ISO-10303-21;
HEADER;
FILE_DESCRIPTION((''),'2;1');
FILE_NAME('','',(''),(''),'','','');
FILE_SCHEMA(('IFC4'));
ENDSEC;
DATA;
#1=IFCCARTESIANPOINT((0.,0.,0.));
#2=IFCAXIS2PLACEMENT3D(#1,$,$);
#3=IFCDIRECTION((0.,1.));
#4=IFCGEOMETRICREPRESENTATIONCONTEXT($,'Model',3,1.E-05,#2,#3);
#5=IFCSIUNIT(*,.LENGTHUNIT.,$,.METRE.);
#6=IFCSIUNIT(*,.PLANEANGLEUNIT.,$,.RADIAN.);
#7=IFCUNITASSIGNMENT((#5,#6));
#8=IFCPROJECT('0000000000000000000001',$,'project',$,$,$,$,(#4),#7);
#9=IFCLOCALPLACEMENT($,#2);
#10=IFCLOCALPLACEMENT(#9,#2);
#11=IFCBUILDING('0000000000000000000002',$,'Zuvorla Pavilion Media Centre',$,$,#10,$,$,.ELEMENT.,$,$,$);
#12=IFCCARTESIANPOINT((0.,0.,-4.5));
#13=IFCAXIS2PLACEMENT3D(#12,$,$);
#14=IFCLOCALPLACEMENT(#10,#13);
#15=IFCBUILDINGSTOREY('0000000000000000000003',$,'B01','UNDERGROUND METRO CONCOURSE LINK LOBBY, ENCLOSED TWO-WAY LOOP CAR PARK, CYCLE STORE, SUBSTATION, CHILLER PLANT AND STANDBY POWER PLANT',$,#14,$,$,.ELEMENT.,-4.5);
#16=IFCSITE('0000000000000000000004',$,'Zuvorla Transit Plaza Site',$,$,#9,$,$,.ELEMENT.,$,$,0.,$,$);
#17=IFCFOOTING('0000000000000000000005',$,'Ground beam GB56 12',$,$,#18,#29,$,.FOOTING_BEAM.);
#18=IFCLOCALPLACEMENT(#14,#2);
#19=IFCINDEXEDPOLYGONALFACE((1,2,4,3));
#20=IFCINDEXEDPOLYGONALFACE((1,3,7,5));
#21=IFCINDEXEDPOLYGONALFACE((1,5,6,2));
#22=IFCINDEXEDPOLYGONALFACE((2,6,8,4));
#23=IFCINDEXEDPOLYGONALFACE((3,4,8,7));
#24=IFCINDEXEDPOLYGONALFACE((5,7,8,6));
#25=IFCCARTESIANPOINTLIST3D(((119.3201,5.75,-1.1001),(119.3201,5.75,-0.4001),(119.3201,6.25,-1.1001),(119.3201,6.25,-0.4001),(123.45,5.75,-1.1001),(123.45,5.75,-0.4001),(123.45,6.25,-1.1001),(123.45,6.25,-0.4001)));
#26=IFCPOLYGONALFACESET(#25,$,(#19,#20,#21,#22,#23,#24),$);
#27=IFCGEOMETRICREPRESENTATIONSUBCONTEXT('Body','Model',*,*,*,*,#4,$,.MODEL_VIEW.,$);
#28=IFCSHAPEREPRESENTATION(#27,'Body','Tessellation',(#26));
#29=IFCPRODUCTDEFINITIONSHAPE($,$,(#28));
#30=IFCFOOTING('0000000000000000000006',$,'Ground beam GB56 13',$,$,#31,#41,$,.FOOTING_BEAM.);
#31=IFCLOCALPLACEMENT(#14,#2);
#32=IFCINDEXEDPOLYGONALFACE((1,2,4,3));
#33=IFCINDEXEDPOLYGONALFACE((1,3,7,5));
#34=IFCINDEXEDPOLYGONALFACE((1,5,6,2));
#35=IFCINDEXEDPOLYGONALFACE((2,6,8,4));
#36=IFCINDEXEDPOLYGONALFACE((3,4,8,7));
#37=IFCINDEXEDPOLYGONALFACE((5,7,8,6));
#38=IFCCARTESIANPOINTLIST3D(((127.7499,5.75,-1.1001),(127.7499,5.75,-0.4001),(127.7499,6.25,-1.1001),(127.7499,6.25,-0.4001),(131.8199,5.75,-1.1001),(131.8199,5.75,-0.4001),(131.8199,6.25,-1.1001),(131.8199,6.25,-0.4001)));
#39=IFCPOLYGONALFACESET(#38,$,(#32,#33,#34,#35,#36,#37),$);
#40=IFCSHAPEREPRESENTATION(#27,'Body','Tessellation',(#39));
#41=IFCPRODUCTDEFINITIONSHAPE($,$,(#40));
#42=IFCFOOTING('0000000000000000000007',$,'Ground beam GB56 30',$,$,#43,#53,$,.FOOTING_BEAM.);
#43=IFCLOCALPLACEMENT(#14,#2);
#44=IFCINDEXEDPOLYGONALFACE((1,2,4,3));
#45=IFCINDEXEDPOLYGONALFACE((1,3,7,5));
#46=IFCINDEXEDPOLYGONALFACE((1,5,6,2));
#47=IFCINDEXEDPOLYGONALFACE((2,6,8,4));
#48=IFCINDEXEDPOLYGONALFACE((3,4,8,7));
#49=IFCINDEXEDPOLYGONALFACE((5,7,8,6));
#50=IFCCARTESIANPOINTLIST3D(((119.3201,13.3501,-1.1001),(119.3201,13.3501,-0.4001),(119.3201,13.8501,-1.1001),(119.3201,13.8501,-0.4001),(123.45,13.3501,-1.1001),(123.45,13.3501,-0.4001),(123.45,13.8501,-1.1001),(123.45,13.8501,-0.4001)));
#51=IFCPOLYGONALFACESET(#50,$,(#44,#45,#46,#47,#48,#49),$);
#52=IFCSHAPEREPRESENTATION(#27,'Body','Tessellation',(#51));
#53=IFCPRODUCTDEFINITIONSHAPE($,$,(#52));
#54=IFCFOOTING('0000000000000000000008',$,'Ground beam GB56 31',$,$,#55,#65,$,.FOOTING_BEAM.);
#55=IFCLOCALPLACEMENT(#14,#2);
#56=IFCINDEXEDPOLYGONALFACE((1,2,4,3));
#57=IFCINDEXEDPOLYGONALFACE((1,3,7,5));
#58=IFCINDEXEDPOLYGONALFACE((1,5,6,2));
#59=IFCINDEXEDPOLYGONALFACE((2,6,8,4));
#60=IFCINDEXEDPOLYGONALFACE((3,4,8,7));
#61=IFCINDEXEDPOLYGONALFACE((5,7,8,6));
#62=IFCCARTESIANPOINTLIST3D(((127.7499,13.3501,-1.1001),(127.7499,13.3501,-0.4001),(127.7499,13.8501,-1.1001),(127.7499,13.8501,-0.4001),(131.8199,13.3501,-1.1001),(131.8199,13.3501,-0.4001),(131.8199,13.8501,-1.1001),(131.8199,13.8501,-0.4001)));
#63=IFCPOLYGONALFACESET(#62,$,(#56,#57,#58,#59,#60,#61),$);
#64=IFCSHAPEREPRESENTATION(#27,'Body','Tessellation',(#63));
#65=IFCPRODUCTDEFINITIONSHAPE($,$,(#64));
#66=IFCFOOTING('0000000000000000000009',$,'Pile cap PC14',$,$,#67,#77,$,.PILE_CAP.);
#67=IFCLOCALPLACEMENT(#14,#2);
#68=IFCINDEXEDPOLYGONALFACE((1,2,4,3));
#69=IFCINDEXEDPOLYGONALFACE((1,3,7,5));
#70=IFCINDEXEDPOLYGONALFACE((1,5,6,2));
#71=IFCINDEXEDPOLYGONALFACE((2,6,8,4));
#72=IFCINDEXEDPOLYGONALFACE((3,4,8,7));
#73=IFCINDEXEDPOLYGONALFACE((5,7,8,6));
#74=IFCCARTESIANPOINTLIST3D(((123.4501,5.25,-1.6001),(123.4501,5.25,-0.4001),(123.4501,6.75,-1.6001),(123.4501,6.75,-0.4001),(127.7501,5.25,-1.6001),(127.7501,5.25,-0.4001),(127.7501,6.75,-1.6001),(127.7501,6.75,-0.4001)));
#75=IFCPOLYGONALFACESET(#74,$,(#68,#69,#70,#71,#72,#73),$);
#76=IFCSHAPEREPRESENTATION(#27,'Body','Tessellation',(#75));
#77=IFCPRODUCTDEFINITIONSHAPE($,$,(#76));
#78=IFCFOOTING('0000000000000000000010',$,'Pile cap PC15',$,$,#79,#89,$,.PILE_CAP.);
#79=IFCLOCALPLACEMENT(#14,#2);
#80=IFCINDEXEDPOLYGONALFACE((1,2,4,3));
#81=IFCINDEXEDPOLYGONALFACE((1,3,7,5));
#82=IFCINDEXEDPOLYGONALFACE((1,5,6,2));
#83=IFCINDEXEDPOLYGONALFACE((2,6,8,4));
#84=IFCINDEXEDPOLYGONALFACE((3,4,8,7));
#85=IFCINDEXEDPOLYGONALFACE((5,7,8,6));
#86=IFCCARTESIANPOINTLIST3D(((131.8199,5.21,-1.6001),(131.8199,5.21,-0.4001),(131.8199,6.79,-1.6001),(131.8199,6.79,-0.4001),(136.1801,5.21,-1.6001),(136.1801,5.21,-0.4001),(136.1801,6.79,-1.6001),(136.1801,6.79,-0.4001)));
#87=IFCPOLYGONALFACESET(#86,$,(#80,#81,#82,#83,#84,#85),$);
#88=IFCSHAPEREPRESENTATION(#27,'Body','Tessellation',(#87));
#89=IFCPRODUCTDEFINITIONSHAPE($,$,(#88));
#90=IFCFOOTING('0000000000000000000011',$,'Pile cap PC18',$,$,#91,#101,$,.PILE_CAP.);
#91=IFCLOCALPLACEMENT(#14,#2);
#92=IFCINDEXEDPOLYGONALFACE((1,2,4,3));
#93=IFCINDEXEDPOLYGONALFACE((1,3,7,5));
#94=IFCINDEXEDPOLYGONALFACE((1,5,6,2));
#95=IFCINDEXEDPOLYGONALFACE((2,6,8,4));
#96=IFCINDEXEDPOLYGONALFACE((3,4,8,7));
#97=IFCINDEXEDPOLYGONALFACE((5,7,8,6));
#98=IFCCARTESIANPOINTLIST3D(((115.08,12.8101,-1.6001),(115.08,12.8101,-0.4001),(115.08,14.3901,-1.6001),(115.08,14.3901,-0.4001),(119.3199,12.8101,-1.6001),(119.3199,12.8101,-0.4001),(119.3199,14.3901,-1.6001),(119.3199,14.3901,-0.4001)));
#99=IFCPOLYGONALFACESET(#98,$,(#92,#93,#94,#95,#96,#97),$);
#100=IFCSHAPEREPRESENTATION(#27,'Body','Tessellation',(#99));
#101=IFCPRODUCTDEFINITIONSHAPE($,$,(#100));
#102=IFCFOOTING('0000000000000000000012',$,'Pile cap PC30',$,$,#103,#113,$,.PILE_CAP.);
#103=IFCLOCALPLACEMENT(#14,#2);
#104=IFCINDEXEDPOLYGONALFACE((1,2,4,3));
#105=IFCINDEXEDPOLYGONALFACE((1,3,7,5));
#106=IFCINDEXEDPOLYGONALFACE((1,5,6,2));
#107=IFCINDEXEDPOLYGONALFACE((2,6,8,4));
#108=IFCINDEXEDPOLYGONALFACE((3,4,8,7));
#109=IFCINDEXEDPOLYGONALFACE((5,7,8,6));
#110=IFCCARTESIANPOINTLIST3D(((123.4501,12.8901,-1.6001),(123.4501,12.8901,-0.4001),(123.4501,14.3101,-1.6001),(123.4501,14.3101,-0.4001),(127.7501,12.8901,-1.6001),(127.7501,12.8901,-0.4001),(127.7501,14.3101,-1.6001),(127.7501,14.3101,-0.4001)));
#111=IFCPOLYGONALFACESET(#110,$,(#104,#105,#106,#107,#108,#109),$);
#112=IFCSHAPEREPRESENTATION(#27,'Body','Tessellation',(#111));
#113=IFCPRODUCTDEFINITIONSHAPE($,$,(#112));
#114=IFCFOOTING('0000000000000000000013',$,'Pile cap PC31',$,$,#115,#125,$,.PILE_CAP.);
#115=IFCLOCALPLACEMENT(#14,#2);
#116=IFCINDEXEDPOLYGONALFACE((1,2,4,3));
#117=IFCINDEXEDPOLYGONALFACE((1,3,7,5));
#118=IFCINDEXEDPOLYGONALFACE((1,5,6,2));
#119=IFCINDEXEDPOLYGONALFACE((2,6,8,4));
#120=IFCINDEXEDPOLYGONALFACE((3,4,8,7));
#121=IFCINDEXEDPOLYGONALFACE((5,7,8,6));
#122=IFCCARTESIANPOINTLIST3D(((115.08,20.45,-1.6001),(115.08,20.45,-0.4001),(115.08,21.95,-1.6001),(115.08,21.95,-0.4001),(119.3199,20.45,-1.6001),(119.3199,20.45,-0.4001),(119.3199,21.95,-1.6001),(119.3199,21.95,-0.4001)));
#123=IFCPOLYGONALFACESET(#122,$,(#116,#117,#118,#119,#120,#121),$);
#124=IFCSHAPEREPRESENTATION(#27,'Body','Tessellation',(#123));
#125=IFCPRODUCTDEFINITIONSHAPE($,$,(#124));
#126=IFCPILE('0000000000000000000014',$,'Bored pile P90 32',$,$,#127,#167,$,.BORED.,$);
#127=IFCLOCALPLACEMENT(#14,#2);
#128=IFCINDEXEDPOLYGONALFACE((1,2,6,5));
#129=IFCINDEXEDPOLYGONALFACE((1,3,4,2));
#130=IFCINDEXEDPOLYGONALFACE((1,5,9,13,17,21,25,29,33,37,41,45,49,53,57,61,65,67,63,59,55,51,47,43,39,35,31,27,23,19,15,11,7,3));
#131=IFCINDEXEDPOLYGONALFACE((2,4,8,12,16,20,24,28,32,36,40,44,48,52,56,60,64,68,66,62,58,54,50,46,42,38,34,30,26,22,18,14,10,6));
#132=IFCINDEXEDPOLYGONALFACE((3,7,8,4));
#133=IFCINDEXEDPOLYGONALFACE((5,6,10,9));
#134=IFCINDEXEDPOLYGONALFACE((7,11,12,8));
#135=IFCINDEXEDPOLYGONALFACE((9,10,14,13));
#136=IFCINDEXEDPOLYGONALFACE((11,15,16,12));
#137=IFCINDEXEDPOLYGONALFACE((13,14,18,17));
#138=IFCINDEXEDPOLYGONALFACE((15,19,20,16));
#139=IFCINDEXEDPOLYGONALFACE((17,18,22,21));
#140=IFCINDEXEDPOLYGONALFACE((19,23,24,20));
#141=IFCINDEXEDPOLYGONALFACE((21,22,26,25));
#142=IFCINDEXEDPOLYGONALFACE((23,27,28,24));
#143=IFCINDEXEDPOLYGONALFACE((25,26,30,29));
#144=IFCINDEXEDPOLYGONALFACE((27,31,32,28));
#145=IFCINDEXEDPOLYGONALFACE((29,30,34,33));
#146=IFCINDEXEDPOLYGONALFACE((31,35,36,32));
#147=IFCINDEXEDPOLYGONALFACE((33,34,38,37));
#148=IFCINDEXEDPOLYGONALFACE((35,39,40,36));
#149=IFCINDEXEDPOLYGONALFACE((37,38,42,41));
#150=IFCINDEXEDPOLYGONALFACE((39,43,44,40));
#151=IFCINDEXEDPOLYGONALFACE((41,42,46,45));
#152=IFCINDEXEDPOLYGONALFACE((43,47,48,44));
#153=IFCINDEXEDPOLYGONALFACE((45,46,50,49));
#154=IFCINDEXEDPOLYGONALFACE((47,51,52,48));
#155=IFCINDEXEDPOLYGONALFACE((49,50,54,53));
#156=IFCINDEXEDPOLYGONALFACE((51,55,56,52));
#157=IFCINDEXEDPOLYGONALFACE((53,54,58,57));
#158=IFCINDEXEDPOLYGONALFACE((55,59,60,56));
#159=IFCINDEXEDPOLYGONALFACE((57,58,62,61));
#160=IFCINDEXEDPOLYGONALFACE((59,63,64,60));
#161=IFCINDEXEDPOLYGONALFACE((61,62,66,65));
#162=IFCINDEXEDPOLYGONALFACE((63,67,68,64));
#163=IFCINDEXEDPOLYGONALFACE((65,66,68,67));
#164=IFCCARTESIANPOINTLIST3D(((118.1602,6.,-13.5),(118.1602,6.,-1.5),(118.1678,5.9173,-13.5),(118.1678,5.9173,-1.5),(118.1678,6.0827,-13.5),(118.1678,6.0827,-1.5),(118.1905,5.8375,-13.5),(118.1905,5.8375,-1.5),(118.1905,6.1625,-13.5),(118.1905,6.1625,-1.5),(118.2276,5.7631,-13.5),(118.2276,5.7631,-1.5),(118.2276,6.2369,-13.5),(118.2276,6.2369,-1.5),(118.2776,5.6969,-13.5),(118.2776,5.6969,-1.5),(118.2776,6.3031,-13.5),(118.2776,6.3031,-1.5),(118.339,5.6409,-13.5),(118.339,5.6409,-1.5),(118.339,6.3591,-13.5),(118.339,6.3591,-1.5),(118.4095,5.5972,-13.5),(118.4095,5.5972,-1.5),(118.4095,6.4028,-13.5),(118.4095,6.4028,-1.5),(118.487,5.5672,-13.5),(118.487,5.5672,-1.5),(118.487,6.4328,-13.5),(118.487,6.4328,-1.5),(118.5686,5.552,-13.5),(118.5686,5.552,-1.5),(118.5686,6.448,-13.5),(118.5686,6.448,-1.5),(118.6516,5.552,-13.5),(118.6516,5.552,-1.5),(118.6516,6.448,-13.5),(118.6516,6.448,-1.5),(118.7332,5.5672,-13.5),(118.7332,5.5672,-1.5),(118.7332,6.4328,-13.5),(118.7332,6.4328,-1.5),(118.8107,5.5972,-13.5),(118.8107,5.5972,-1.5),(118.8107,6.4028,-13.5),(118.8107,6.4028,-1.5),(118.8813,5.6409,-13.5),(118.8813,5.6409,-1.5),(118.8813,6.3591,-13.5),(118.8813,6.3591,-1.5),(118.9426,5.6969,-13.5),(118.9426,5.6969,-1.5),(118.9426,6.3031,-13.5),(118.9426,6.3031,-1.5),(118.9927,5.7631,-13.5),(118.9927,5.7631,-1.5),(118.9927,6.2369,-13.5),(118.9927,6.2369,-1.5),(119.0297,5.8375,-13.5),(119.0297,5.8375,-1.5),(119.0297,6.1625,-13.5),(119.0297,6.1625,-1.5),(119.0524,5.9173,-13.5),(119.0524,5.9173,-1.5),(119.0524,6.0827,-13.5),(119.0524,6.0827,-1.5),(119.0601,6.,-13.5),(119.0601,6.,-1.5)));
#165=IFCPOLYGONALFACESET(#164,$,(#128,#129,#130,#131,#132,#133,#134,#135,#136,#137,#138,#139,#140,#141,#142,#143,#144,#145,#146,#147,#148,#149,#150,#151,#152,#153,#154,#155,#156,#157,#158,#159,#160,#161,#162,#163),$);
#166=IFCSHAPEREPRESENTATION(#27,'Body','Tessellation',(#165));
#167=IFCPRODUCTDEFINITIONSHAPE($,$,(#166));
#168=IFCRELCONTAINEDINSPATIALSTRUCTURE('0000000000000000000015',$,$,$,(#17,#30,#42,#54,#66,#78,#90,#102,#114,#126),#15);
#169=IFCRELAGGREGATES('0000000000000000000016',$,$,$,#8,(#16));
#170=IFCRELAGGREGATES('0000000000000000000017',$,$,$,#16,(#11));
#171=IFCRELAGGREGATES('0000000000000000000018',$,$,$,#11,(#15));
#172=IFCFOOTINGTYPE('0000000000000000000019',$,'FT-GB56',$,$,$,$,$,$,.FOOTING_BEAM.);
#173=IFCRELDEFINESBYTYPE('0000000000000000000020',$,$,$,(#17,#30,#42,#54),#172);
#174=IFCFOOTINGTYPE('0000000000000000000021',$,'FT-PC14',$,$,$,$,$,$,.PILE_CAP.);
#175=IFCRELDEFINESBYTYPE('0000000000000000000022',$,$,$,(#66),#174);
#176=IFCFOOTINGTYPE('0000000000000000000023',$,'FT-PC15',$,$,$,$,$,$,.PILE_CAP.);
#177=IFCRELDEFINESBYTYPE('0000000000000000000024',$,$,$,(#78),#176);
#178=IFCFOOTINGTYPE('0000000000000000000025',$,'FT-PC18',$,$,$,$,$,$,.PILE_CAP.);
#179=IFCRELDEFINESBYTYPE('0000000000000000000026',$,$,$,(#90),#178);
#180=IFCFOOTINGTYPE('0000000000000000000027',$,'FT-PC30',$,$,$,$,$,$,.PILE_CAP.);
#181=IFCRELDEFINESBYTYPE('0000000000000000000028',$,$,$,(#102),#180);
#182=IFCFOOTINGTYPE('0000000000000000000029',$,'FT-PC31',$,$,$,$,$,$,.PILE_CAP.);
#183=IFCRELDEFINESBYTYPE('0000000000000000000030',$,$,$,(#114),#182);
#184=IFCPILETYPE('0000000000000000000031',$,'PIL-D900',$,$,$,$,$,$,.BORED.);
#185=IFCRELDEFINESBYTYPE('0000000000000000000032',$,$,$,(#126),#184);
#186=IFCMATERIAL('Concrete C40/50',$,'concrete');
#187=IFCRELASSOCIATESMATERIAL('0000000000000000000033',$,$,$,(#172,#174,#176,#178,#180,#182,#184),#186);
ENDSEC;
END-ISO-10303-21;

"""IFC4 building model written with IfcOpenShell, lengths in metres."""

from ifc_helpers import new_model, si_unit, direction, frame, origin, origin_2d, place, context, subcontext, project, spatial, rectangle, circle, extrude, material, material_profile, profile_set, type_object, element, save


model = new_model("IFC4")

# Units and contexts
model_context = context("Model", 3, precision=1e-05, world=origin(), true_north=direction((0.0, 1.0)))
body_context = subcontext(model_context, "Body", "Model", "MODEL_VIEW")
ifc_project = project(units=[si_unit("LENGTHUNIT", "METRE"), si_unit("PLANEANGLEUNIT", "RADIAN")], contexts=[model_context])

# Site, building, storey
site_placement = place(None, origin())
site = spatial("IfcSite", under=ifc_project, at=site_placement, Name="Zuvorla Transit Plaza Site", CompositionType="ELEMENT", RefElevation=0.0)
building_placement = place(site_placement, origin())
building = spatial("IfcBuilding", under=site, at=building_placement, Name="Zuvorla Pavilion Media Centre", CompositionType="ELEMENT")
storey_placement = place(building_placement, frame((0.0, 0.0, -4.5)))
storey = spatial("IfcBuildingStorey", under=building, at=storey_placement, Name="B01", Description="UNDERGROUND METRO CONCOURSE LINK LOBBY, ENCLOSED TWO-WAY LOOP CAR PARK, CYCLE STORE, SUBSTATION, CHILLER PLANT AND STANDBY POWER PLANT", CompositionType="ELEMENT", Elevation=-4.5)

# Footings
ifc_material = material(Name="Concrete C40/50", Category="concrete")
footing_type_1 = type_object("IfcFootingType", Name="FT-GB56", PredefinedType="FOOTING_BEAM", material=ifc_material)
footing_1_placement = place(storey_placement, frame((121.385, 6.0, -1.1001), z_axis=(0.0, 0.0, 1.0), x_axis=(1.0, 0.0, 0.0)))
element("IfcFooting", 1, at=footing_1_placement, inside=storey, type_object=footing_type_1, Name="Ground beam GB56 12", PredefinedType="FOOTING_BEAM", context=body_context, shape_type="SweptSolid", body=[
    extrude(rectangle(XDim=4.1299, YDim=0.5, at=origin_2d()), origin(), (0.0, 0.0, 1.0), 0.7),
])
footing_2_placement = place(storey_placement, frame((129.7849, 6.0, -1.1001), z_axis=(0.0, 0.0, 1.0), x_axis=(1.0, 0.0, 0.0)))
element("IfcFooting", 2, at=footing_2_placement, inside=storey, type_object=footing_type_1, Name="Ground beam GB56 13", PredefinedType="FOOTING_BEAM", context=body_context, shape_type="SweptSolid", body=[
    extrude(rectangle(XDim=4.0701, YDim=0.5, at=origin_2d()), origin(), (0.0, 0.0, 1.0), 0.7),
])
footing_3_placement = place(storey_placement, frame((121.385, 13.6001, -1.1001), z_axis=(0.0, 0.0, 1.0), x_axis=(1.0, 0.0, 0.0)))
element("IfcFooting", 3, at=footing_3_placement, inside=storey, type_object=footing_type_1, Name="Ground beam GB56 30", PredefinedType="FOOTING_BEAM", context=body_context, shape_type="SweptSolid", body=[
    extrude(rectangle(XDim=4.1299, YDim=0.5, at=origin_2d()), origin(), (0.0, 0.0, 1.0), 0.7),
])
footing_4_placement = place(storey_placement, frame((129.7849, 13.6001, -1.1001), z_axis=(0.0, 0.0, 1.0), x_axis=(1.0, 0.0, 0.0)))
element("IfcFooting", 4, at=footing_4_placement, inside=storey, type_object=footing_type_1, Name="Ground beam GB56 31", PredefinedType="FOOTING_BEAM", context=body_context, shape_type="SweptSolid", body=[
    extrude(rectangle(XDim=4.0701, YDim=0.5, at=origin_2d()), origin(), (0.0, 0.0, 1.0), 0.7),
])
footing_type_2 = type_object("IfcFootingType", Name="FT-PC14", PredefinedType="PILE_CAP", material=ifc_material)
footing_5_placement = place(storey_placement, frame((125.6001, 6.0, -1.6001), z_axis=(0.0, 0.0, 1.0), x_axis=(1.0, 0.0, 0.0)))
element("IfcFooting", 5, at=footing_5_placement, inside=storey, type_object=footing_type_2, Name="Pile cap PC14", PredefinedType="PILE_CAP", context=body_context, shape_type="SweptSolid", body=[
    extrude(rectangle(XDim=4.3, YDim=1.5, at=origin_2d()), origin(), (0.0, 0.0, 1.0), 1.2),
])
footing_type_3 = type_object("IfcFootingType", Name="FT-PC15", PredefinedType="PILE_CAP", material=ifc_material)
footing_6_placement = place(storey_placement, frame((134.0, 6.0, -1.6001), z_axis=(0.0, 0.0, 1.0), x_axis=(1.0, 0.0, 0.0)))
element("IfcFooting", 6, at=footing_6_placement, inside=storey, type_object=footing_type_3, Name="Pile cap PC15", PredefinedType="PILE_CAP", context=body_context, shape_type="SweptSolid", body=[
    extrude(rectangle(XDim=4.3601, YDim=1.5801, at=origin_2d()), origin(), (0.0, 0.0, 1.0), 1.2),
])
footing_type_4 = type_object("IfcFootingType", Name="FT-PC18", PredefinedType="PILE_CAP", material=ifc_material)
footing_7_placement = place(storey_placement, frame((117.2, 13.6001, -1.6001), z_axis=(0.0, 0.0, 1.0), x_axis=(1.0, 0.0, 0.0)))
element("IfcFooting", 7, at=footing_7_placement, inside=storey, type_object=footing_type_4, Name="Pile cap PC18", PredefinedType="PILE_CAP", context=body_context, shape_type="SweptSolid", body=[
    extrude(rectangle(XDim=4.24, YDim=1.5801, at=origin_2d()), origin(), (0.0, 0.0, 1.0), 1.2),
])
footing_type_5 = type_object("IfcFootingType", Name="FT-PC30", PredefinedType="PILE_CAP", material=ifc_material)
footing_8_placement = place(storey_placement, frame((125.6001, 13.6001, -1.6001), z_axis=(0.0, 0.0, 1.0), x_axis=(1.0, 0.0, 0.0)))
element("IfcFooting", 8, at=footing_8_placement, inside=storey, type_object=footing_type_5, Name="Pile cap PC30", PredefinedType="PILE_CAP", context=body_context, shape_type="SweptSolid", body=[
    extrude(rectangle(XDim=4.3, YDim=1.4199, at=origin_2d()), origin(), (0.0, 0.0, 1.0), 1.2),
])
footing_type_6 = type_object("IfcFootingType", Name="FT-PC31", PredefinedType="PILE_CAP", material=ifc_material)
footing_9_placement = place(storey_placement, frame((117.2, 21.2, -1.6001), z_axis=(0.0, 0.0, 1.0), x_axis=(1.0, 0.0, 0.0)))
element("IfcFooting", 9, at=footing_9_placement, inside=storey, type_object=footing_type_6, Name="Pile cap PC31", PredefinedType="PILE_CAP", context=body_context, shape_type="SweptSolid", body=[
    extrude(rectangle(XDim=4.24, YDim=1.5, at=origin_2d()), origin(), (0.0, 0.0, 1.0), 1.2),
])

# Pile
ifc_material_profile_1 = material_profile(ifc_material, circle(Radius=0.45, at=origin_2d()), Name="BORED PILE 900")
ifc_profile_set_1 = profile_set([ifc_material_profile_1], Name="Concrete C40/50")
pile_type = type_object("IfcPileType", Name="PIL-D900", PredefinedType="BORED", material=ifc_profile_set_1)
for number, where, z_axis, x_axis, name in (
    (10, (118.6101, 6.0, -1.5), (0.0, 0.0, -1.0), (1.0, 0.0, 0.0), "Bored pile P90 32"),
):
    element("IfcPile", number, at=place(storey_placement, frame(where, z_axis=z_axis, x_axis=x_axis)), inside=storey, type_object=pile_type, Name=name, PredefinedType="BORED", context=body_context, shape_type="SweptSolid", body=[
        extrude(circle(Radius=0.45, at=origin_2d()), origin(), (0.0, 0.0, 1.0), 12.0),
    ])

save(model, "model.ifc")
